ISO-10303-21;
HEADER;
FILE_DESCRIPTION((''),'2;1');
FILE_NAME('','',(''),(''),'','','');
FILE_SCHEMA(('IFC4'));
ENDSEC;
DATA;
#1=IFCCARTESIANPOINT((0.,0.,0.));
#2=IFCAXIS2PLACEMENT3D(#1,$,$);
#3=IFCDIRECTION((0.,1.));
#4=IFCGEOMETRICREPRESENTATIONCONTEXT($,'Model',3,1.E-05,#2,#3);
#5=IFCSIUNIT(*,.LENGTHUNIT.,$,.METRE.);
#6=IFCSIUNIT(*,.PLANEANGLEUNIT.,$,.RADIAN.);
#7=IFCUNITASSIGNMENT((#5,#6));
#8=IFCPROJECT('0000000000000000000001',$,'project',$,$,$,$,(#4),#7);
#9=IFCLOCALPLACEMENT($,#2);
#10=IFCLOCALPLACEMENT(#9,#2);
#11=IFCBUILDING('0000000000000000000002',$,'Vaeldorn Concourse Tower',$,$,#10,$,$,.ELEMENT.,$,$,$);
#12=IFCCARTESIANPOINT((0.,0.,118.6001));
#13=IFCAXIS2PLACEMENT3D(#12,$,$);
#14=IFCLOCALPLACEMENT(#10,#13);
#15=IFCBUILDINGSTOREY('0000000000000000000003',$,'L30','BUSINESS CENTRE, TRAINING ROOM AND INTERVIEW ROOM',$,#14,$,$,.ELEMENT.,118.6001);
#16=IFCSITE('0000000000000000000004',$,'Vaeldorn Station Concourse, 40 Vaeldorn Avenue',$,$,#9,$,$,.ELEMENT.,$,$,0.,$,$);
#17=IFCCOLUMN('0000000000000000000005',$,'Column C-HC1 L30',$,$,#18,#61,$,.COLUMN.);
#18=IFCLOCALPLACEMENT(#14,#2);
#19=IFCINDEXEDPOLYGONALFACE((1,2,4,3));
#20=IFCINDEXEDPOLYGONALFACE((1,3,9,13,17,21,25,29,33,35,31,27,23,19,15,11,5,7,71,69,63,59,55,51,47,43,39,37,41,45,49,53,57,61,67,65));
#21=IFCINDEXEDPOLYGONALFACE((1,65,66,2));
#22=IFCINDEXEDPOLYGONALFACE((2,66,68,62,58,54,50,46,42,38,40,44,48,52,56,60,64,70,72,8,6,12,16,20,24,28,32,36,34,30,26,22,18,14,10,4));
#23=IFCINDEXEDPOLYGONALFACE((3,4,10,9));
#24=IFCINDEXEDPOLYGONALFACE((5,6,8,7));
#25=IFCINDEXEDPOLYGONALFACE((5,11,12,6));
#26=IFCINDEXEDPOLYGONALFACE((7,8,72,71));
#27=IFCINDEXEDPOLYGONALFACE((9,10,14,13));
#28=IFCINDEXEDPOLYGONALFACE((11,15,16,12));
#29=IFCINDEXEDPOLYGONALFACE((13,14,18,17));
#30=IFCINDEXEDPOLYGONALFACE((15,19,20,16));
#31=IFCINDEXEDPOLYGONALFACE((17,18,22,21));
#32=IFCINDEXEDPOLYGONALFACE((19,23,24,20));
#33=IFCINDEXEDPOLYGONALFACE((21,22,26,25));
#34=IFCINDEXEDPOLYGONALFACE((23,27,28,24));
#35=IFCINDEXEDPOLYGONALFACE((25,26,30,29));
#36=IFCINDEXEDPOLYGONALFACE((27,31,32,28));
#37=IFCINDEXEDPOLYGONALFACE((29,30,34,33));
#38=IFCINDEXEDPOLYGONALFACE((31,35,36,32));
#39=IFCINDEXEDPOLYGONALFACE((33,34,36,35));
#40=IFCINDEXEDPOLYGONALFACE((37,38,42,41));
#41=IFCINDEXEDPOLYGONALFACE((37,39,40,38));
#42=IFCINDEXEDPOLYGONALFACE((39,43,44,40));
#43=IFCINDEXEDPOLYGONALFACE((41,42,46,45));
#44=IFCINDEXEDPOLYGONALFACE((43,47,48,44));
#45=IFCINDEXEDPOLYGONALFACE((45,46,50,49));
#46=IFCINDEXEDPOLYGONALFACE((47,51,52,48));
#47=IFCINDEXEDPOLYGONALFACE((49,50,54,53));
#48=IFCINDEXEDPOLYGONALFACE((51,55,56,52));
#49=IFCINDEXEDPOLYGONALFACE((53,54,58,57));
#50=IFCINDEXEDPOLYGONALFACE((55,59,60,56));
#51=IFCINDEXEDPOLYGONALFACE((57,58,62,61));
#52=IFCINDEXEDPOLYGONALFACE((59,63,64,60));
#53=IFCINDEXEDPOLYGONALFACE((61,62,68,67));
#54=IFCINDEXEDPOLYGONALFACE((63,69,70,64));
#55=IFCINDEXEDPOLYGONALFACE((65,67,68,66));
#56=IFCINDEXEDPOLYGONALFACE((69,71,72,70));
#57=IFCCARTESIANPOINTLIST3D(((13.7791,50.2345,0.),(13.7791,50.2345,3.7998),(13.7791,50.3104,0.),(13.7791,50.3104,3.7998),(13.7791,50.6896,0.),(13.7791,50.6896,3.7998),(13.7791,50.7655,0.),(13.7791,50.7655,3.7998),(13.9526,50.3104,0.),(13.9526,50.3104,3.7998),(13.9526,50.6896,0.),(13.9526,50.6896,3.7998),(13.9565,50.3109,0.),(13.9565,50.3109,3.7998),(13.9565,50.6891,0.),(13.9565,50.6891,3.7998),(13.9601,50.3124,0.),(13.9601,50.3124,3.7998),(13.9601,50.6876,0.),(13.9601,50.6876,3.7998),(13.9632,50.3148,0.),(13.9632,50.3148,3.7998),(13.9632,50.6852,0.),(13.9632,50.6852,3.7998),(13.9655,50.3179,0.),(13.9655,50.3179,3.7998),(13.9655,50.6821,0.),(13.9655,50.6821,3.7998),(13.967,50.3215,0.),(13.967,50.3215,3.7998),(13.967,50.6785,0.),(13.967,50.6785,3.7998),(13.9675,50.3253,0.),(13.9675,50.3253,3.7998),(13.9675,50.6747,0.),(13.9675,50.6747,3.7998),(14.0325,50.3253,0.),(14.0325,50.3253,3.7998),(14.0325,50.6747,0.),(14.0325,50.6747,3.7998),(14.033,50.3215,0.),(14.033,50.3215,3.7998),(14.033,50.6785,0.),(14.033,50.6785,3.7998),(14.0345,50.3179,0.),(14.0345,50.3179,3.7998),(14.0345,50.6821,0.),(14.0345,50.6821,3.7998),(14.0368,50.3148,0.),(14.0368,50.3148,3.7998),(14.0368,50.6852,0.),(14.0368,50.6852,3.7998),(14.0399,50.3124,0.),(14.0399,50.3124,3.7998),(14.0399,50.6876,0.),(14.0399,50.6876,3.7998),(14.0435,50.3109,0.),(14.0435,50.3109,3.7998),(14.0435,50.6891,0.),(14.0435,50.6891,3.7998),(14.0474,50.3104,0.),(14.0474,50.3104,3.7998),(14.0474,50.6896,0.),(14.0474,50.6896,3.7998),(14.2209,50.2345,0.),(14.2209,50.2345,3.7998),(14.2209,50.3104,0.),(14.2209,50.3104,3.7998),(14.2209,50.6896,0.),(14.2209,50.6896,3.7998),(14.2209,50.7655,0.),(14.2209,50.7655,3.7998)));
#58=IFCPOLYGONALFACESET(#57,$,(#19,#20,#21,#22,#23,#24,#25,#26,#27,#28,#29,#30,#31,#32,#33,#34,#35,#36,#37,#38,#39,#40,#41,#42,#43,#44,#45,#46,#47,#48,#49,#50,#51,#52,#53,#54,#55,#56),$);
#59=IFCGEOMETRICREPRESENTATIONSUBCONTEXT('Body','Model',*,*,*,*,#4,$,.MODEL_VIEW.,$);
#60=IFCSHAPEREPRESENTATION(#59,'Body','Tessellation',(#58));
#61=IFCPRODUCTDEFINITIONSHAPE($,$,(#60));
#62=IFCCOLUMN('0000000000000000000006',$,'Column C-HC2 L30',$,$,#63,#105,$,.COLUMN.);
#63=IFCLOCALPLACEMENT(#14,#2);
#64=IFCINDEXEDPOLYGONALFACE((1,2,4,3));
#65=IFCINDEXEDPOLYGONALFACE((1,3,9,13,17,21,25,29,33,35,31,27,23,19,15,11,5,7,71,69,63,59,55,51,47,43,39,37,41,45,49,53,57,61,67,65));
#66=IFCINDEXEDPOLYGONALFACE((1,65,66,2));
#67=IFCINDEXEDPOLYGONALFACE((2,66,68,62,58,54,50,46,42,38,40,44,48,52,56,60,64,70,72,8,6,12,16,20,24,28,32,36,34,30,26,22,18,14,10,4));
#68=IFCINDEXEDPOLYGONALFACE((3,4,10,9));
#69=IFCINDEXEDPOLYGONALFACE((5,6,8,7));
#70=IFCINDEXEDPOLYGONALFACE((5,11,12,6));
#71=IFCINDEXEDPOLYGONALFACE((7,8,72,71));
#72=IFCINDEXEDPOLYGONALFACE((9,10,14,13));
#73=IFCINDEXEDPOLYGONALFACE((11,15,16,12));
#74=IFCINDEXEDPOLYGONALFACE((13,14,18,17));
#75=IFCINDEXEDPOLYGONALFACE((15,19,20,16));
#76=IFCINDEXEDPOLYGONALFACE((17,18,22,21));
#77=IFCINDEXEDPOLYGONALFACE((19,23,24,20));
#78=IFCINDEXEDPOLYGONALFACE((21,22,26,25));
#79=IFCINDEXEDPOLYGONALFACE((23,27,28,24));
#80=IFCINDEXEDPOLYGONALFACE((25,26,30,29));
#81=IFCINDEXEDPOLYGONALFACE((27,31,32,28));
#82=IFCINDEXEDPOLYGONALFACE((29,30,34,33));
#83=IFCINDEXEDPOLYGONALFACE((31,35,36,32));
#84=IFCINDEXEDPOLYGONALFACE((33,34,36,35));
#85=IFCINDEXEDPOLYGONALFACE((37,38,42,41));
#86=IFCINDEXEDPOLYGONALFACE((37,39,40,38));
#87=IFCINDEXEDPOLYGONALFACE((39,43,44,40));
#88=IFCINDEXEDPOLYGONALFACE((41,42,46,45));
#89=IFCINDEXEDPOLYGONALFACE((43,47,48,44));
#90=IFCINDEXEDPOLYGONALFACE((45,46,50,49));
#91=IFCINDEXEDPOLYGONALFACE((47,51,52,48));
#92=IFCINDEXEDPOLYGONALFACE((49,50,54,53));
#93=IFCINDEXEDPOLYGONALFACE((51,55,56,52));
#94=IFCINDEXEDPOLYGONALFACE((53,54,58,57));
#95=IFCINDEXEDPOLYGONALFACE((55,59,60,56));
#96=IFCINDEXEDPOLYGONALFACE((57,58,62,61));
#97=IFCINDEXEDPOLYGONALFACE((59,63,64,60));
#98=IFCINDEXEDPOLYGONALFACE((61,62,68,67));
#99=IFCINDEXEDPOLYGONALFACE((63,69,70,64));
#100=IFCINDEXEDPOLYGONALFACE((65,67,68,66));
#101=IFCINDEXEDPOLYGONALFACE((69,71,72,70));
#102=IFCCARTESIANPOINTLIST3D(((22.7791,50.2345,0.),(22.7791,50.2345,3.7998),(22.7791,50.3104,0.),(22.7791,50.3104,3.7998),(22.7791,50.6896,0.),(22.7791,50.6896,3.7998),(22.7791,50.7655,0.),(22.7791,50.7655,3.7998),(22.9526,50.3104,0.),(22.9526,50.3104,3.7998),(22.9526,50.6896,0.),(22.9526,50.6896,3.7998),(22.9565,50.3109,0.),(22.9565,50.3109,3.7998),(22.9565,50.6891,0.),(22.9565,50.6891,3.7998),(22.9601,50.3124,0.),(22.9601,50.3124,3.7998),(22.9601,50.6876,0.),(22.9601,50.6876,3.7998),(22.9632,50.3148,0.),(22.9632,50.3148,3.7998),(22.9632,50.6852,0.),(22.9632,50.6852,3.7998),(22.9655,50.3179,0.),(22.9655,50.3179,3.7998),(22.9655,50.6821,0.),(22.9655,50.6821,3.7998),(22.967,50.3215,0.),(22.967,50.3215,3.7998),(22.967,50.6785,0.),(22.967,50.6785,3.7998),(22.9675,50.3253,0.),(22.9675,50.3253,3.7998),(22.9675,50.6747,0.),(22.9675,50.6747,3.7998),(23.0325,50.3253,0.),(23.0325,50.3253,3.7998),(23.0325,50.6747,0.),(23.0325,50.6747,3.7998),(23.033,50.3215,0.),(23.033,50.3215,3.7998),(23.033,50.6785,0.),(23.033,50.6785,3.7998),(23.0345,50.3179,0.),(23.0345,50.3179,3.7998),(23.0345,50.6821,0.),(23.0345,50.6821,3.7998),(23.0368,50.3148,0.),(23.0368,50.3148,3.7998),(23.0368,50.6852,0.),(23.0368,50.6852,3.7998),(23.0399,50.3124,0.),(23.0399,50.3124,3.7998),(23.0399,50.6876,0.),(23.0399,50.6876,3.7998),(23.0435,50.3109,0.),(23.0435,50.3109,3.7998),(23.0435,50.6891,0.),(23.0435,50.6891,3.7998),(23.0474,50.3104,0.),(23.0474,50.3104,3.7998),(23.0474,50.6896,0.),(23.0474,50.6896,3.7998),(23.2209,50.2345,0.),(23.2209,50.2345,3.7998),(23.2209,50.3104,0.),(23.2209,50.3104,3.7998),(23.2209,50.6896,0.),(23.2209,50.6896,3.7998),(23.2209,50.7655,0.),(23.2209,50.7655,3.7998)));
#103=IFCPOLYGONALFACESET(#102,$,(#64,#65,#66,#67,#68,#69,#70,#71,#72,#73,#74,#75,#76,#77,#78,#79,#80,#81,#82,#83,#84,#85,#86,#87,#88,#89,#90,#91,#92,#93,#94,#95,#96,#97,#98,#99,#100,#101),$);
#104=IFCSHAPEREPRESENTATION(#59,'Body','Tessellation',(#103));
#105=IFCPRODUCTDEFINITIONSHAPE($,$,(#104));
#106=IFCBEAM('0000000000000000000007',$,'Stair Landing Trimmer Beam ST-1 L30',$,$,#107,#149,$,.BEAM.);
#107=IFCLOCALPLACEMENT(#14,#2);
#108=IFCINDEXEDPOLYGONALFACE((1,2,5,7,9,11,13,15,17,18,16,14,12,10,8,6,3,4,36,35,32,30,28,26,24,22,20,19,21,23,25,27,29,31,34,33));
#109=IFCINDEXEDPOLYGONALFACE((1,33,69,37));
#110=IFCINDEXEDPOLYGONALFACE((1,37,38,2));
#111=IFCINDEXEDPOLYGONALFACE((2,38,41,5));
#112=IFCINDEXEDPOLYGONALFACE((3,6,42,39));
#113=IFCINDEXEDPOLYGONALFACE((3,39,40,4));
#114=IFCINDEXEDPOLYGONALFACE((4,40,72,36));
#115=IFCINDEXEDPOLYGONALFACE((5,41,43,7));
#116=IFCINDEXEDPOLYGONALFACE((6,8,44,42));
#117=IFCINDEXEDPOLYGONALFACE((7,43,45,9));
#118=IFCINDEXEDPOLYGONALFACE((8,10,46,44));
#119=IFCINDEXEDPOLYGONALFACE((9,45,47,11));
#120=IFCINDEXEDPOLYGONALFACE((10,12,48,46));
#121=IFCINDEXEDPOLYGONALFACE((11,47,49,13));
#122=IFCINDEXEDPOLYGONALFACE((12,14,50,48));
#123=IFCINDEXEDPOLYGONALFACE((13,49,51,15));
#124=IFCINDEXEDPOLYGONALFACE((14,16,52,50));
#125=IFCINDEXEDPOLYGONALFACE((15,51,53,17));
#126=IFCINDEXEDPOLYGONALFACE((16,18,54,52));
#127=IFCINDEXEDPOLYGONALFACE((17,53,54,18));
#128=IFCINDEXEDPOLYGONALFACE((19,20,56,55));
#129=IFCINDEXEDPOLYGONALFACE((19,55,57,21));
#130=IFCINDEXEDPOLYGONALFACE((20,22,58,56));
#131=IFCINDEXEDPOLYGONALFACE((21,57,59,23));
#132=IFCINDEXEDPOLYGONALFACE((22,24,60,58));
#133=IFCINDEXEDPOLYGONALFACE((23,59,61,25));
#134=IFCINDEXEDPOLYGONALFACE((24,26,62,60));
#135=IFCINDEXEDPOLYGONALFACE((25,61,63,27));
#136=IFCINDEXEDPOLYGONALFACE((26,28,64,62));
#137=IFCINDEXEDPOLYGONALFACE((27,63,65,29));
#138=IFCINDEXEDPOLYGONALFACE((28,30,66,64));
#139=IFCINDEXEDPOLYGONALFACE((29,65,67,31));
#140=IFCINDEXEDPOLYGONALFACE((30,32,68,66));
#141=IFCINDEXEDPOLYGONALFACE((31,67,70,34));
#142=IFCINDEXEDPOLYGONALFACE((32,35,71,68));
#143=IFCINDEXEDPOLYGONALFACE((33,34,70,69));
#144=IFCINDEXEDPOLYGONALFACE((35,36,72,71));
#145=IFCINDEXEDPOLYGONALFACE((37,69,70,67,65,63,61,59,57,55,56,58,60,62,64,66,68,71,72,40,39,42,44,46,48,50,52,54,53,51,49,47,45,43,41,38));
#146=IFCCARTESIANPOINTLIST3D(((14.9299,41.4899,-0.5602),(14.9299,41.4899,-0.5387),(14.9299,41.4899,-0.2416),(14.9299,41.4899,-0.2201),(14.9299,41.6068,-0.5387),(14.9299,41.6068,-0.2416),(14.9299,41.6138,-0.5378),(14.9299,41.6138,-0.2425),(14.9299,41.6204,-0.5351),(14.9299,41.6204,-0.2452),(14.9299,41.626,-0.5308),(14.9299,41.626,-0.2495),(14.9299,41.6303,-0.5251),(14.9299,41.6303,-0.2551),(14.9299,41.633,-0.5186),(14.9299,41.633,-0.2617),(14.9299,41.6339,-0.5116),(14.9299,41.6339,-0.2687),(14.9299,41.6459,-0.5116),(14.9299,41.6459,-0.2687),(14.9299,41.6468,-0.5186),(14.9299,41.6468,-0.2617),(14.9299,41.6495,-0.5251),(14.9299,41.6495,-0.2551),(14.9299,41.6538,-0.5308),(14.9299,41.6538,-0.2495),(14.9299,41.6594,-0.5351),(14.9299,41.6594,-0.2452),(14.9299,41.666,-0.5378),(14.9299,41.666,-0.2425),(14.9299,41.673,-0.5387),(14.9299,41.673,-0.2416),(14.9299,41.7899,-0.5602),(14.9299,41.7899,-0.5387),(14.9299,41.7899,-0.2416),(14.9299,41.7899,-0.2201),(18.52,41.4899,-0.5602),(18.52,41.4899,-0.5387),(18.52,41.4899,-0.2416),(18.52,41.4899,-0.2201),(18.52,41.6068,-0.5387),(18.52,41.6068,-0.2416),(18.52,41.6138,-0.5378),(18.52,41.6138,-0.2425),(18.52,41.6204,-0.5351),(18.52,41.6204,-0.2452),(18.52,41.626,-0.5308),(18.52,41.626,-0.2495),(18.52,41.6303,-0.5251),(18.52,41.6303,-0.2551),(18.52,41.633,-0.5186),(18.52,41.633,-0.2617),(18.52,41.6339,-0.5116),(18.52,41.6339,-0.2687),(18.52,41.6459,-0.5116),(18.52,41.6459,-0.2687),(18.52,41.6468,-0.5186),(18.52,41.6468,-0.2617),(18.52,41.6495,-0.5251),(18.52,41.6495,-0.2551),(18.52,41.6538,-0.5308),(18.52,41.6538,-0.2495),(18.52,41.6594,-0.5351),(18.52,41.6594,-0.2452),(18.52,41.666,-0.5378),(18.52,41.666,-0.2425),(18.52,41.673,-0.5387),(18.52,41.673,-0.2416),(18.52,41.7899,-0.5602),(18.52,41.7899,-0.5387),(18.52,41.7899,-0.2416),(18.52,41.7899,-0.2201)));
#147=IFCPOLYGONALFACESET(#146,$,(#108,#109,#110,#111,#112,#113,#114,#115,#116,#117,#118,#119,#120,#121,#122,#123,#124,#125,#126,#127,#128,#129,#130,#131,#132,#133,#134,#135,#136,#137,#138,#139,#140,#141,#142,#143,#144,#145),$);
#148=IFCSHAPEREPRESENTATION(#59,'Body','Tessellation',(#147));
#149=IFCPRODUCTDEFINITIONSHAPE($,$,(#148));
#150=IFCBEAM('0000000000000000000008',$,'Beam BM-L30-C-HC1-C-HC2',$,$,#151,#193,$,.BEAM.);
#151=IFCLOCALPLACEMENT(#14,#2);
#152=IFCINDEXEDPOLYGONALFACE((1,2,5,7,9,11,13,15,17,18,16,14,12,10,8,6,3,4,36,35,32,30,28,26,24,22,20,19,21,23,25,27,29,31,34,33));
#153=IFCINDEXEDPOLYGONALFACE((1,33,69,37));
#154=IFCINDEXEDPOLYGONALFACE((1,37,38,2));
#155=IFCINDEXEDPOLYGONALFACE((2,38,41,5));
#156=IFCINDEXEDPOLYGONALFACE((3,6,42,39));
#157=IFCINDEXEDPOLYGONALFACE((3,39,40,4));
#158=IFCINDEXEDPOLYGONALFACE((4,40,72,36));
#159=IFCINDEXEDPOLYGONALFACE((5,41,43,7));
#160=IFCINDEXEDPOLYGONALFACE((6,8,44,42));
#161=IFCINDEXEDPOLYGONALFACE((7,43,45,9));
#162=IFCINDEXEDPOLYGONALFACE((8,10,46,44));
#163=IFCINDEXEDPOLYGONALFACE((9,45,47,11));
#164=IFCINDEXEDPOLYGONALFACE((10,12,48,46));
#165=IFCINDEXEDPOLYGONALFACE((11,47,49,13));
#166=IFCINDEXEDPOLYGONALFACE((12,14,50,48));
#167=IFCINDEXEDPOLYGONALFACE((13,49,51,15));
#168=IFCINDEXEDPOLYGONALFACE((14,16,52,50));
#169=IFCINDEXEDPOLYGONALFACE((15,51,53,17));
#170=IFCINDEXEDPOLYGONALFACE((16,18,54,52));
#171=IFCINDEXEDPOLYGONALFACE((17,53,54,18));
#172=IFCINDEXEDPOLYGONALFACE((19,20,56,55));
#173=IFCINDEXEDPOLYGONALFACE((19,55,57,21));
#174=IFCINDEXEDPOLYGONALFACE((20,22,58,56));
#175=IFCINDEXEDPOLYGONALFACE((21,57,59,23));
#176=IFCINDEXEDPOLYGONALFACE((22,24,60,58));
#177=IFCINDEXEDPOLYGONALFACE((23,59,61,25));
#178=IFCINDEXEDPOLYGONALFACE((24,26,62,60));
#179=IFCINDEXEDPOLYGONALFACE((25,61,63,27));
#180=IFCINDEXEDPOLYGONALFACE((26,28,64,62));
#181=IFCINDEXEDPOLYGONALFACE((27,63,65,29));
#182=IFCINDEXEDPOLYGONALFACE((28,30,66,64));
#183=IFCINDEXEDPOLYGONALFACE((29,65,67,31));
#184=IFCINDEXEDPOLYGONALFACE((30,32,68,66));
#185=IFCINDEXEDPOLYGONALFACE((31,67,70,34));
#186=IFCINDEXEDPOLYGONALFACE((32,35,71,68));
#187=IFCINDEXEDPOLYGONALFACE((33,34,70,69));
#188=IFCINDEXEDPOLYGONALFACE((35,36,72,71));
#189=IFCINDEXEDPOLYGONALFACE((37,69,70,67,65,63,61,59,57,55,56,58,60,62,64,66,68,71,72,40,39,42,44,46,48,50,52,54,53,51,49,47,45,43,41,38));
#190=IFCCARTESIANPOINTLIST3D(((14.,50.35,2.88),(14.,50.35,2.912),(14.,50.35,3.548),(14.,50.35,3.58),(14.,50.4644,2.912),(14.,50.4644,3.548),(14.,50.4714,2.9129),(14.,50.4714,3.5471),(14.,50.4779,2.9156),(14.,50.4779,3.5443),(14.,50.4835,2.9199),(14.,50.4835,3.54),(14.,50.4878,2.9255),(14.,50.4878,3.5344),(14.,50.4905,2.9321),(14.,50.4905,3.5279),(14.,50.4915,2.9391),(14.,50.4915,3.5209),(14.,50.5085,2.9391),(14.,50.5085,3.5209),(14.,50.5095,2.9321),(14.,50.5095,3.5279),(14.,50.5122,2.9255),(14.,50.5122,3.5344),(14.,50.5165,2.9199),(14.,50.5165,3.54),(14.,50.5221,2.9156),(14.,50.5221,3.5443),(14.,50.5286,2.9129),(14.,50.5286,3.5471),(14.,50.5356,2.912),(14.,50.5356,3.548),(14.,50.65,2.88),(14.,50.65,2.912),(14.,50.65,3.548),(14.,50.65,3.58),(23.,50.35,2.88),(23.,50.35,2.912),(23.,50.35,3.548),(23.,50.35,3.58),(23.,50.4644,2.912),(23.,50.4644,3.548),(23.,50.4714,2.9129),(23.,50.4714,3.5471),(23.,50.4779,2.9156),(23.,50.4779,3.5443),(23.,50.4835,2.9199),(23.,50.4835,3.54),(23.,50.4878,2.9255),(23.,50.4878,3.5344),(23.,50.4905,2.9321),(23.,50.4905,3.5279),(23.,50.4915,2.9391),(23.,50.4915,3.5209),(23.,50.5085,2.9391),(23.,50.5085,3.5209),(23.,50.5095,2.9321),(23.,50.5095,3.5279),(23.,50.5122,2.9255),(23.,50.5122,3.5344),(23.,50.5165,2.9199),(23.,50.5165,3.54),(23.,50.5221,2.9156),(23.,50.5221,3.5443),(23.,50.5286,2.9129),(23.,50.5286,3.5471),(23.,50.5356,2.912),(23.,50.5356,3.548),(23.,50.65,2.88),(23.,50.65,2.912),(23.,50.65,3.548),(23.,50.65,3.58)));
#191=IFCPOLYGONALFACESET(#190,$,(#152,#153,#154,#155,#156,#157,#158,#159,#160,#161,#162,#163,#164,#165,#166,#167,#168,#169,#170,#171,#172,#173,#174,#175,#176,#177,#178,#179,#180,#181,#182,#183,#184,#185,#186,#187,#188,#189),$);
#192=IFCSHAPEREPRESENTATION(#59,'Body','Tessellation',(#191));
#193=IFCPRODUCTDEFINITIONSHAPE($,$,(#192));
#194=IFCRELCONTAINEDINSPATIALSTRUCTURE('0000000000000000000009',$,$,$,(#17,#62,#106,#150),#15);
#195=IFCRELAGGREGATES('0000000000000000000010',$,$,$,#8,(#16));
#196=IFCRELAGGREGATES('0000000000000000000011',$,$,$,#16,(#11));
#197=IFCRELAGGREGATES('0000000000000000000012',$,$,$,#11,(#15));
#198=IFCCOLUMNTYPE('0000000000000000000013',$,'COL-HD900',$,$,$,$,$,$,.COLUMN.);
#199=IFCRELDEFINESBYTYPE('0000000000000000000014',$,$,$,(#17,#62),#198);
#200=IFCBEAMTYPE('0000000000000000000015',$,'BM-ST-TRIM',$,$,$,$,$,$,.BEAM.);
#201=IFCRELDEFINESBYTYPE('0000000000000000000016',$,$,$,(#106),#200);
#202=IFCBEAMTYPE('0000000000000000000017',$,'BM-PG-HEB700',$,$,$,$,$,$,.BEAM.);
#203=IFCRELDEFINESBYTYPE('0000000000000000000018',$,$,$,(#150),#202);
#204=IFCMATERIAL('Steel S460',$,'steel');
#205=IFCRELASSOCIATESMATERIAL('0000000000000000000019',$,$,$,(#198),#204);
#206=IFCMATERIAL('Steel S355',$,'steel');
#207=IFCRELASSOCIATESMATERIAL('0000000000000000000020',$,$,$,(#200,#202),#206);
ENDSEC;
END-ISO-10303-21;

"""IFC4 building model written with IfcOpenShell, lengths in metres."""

from ifc_helpers import new_model, si_unit, direction, frame, origin, origin_2d, place, context, subcontext, project, spatial, i_section, extrude, source, transform, mapped, material, material_profile, profile_set, type_object, element, save


model = new_model("IFC4")

# Units and contexts
model_context = context("Model", 3, precision=1e-05, world=origin(), true_north=direction((0.0, 1.0)))
body_context = subcontext(model_context, "Body", "Model", "MODEL_VIEW")
ifc_project = project(units=[si_unit("LENGTHUNIT", "METRE"), si_unit("PLANEANGLEUNIT", "RADIAN")], contexts=[model_context])

# Site, building, storey
site_placement = place(None, origin())
site = spatial("IfcSite", under=ifc_project, at=site_placement, Name="Vaeldorn Station Concourse, 40 Vaeldorn Avenue", CompositionType="ELEMENT", RefElevation=0.0)
building_placement = place(site_placement, origin())
building = spatial("IfcBuilding", under=site, at=building_placement, Name="Vaeldorn Concourse Tower", CompositionType="ELEMENT")
storey_placement = place(building_placement, frame((0.0, 0.0, 118.6001)))
storey = spatial("IfcBuildingStorey", under=building, at=storey_placement, Name="L30", Description="BUSINESS CENTRE, TRAINING ROOM AND INTERVIEW ROOM", CompositionType="ELEMENT", Elevation=118.6001)

# Columns
ifc_material_1 = material(Name="Steel S460", Category="steel")
ifc_material_profile_1 = material_profile(ifc_material_1, i_section(OverallWidth=0.4419, OverallDepth=0.531, WebThickness=0.0649, FlangeThickness=0.0759, FilletRadius=0.0149, at=origin_2d()), Name="HD 400x900")
ifc_profile_set_1 = profile_set([ifc_material_profile_1], Name="Steel S460")
column_type = type_object("IfcColumnType", Name="COL-HD900", PredefinedType="COLUMN", material=ifc_profile_set_1)
shared_shape_1 = source(origin(), body_context, "Body", "SweptSolid", [
    extrude(i_section(OverallWidth=0.4419, OverallDepth=0.531, WebThickness=0.0649, FlangeThickness=0.0759, FilletRadius=0.0149, at=origin_2d()), origin(), (0.0, 0.0, 1.0), 3.7998),
])
for number, where, z_axis, x_axis, name in (
    (1, (14.0, 50.5, 0.0), (0.0, 0.0, 1.0), (1.0, 0.0, 0.0), "Column C-HC1 L30"),
    (2, (23.0, 50.5, 0.0), (0.0, 0.0, 1.0), (1.0, 0.0, 0.0), "Column C-HC2 L30"),
):
    element("IfcColumn", number, at=place(storey_placement, frame(where, z_axis=z_axis, x_axis=x_axis)), inside=storey, type_object=column_type, Name=name, PredefinedType="COLUMN", context=body_context, shape_type="MappedRepresentation", body=[
        mapped(shared_shape_1, transform((0.0, 0.0, 0.0), scale=1.0)),
    ])

# Beams
ifc_material_2 = material(Name="Steel S355", Category="steel")
ifc_material_profile_2 = material_profile(ifc_material_2, i_section(OverallWidth=0.3, OverallDepth=0.3401, WebThickness=0.012, FlangeThickness=0.0215, FilletRadius=0.0271, at=origin_2d()), Name="HEB 340")
ifc_profile_set_2 = profile_set([ifc_material_profile_2], Name="Steel S355")
beam_type_1 = type_object("IfcBeamType", Name="BM-ST-TRIM", PredefinedType="BEAM", material=ifc_profile_set_2)
shared_shape_2 = source(origin(), body_context, "Body", "SweptSolid", [
    extrude(i_section(OverallWidth=0.3, OverallDepth=0.3401, WebThickness=0.012, FlangeThickness=0.0215, FilletRadius=0.0271, at=origin_2d()), origin(), (0.0, 0.0, 1.0), 3.5901),
])
beam_1_placement = place(storey_placement, frame((14.9299, 41.6399, -0.3901), z_axis=(1.0, 0.0, 0.0), x_axis=(0.0, 1.0, 0.0)))
element("IfcBeam", 3, at=beam_1_placement, inside=storey, type_object=beam_type_1, Name="Stair Landing Trimmer Beam ST-1 L30", PredefinedType="BEAM", context=body_context, shape_type="MappedRepresentation", body=[
    mapped(shared_shape_2, transform((0.0, 0.0, 0.0), scale=1.0)),
])
ifc_material_profile_3 = material_profile(ifc_material_2, i_section(OverallWidth=0.3, OverallDepth=0.7, WebThickness=0.0171, FlangeThickness=0.032, FilletRadius=0.0271, at=origin_2d()), Name="HEB 700")
ifc_profile_set_3 = profile_set([ifc_material_profile_3], Name="Steel S355")
beam_type_2 = type_object("IfcBeamType", Name="BM-PG-HEB700", PredefinedType="BEAM", material=ifc_profile_set_3)
shared_shape_3 = source(origin(), body_context, "Body", "SweptSolid", [
    extrude(i_section(OverallWidth=0.3, OverallDepth=0.7, WebThickness=0.0171, FlangeThickness=0.032, FilletRadius=0.0271, at=origin_2d()), origin(), (0.0, 0.0, 1.0), 9.0),
])
beam_2_placement = place(storey_placement, frame((14.0, 50.5, 3.23), z_axis=(1.0, 0.0, 0.0), x_axis=(0.0, 1.0, 0.0)))
element("IfcBeam", 4, at=beam_2_placement, inside=storey, type_object=beam_type_2, Name="Beam BM-L30-C-HC1-C-HC2", PredefinedType="BEAM", context=body_context, shape_type="MappedRepresentation", body=[
    mapped(shared_shape_3, transform((0.0, 0.0, 0.0), scale=1.0)),
])

save(model, "model.ifc")
